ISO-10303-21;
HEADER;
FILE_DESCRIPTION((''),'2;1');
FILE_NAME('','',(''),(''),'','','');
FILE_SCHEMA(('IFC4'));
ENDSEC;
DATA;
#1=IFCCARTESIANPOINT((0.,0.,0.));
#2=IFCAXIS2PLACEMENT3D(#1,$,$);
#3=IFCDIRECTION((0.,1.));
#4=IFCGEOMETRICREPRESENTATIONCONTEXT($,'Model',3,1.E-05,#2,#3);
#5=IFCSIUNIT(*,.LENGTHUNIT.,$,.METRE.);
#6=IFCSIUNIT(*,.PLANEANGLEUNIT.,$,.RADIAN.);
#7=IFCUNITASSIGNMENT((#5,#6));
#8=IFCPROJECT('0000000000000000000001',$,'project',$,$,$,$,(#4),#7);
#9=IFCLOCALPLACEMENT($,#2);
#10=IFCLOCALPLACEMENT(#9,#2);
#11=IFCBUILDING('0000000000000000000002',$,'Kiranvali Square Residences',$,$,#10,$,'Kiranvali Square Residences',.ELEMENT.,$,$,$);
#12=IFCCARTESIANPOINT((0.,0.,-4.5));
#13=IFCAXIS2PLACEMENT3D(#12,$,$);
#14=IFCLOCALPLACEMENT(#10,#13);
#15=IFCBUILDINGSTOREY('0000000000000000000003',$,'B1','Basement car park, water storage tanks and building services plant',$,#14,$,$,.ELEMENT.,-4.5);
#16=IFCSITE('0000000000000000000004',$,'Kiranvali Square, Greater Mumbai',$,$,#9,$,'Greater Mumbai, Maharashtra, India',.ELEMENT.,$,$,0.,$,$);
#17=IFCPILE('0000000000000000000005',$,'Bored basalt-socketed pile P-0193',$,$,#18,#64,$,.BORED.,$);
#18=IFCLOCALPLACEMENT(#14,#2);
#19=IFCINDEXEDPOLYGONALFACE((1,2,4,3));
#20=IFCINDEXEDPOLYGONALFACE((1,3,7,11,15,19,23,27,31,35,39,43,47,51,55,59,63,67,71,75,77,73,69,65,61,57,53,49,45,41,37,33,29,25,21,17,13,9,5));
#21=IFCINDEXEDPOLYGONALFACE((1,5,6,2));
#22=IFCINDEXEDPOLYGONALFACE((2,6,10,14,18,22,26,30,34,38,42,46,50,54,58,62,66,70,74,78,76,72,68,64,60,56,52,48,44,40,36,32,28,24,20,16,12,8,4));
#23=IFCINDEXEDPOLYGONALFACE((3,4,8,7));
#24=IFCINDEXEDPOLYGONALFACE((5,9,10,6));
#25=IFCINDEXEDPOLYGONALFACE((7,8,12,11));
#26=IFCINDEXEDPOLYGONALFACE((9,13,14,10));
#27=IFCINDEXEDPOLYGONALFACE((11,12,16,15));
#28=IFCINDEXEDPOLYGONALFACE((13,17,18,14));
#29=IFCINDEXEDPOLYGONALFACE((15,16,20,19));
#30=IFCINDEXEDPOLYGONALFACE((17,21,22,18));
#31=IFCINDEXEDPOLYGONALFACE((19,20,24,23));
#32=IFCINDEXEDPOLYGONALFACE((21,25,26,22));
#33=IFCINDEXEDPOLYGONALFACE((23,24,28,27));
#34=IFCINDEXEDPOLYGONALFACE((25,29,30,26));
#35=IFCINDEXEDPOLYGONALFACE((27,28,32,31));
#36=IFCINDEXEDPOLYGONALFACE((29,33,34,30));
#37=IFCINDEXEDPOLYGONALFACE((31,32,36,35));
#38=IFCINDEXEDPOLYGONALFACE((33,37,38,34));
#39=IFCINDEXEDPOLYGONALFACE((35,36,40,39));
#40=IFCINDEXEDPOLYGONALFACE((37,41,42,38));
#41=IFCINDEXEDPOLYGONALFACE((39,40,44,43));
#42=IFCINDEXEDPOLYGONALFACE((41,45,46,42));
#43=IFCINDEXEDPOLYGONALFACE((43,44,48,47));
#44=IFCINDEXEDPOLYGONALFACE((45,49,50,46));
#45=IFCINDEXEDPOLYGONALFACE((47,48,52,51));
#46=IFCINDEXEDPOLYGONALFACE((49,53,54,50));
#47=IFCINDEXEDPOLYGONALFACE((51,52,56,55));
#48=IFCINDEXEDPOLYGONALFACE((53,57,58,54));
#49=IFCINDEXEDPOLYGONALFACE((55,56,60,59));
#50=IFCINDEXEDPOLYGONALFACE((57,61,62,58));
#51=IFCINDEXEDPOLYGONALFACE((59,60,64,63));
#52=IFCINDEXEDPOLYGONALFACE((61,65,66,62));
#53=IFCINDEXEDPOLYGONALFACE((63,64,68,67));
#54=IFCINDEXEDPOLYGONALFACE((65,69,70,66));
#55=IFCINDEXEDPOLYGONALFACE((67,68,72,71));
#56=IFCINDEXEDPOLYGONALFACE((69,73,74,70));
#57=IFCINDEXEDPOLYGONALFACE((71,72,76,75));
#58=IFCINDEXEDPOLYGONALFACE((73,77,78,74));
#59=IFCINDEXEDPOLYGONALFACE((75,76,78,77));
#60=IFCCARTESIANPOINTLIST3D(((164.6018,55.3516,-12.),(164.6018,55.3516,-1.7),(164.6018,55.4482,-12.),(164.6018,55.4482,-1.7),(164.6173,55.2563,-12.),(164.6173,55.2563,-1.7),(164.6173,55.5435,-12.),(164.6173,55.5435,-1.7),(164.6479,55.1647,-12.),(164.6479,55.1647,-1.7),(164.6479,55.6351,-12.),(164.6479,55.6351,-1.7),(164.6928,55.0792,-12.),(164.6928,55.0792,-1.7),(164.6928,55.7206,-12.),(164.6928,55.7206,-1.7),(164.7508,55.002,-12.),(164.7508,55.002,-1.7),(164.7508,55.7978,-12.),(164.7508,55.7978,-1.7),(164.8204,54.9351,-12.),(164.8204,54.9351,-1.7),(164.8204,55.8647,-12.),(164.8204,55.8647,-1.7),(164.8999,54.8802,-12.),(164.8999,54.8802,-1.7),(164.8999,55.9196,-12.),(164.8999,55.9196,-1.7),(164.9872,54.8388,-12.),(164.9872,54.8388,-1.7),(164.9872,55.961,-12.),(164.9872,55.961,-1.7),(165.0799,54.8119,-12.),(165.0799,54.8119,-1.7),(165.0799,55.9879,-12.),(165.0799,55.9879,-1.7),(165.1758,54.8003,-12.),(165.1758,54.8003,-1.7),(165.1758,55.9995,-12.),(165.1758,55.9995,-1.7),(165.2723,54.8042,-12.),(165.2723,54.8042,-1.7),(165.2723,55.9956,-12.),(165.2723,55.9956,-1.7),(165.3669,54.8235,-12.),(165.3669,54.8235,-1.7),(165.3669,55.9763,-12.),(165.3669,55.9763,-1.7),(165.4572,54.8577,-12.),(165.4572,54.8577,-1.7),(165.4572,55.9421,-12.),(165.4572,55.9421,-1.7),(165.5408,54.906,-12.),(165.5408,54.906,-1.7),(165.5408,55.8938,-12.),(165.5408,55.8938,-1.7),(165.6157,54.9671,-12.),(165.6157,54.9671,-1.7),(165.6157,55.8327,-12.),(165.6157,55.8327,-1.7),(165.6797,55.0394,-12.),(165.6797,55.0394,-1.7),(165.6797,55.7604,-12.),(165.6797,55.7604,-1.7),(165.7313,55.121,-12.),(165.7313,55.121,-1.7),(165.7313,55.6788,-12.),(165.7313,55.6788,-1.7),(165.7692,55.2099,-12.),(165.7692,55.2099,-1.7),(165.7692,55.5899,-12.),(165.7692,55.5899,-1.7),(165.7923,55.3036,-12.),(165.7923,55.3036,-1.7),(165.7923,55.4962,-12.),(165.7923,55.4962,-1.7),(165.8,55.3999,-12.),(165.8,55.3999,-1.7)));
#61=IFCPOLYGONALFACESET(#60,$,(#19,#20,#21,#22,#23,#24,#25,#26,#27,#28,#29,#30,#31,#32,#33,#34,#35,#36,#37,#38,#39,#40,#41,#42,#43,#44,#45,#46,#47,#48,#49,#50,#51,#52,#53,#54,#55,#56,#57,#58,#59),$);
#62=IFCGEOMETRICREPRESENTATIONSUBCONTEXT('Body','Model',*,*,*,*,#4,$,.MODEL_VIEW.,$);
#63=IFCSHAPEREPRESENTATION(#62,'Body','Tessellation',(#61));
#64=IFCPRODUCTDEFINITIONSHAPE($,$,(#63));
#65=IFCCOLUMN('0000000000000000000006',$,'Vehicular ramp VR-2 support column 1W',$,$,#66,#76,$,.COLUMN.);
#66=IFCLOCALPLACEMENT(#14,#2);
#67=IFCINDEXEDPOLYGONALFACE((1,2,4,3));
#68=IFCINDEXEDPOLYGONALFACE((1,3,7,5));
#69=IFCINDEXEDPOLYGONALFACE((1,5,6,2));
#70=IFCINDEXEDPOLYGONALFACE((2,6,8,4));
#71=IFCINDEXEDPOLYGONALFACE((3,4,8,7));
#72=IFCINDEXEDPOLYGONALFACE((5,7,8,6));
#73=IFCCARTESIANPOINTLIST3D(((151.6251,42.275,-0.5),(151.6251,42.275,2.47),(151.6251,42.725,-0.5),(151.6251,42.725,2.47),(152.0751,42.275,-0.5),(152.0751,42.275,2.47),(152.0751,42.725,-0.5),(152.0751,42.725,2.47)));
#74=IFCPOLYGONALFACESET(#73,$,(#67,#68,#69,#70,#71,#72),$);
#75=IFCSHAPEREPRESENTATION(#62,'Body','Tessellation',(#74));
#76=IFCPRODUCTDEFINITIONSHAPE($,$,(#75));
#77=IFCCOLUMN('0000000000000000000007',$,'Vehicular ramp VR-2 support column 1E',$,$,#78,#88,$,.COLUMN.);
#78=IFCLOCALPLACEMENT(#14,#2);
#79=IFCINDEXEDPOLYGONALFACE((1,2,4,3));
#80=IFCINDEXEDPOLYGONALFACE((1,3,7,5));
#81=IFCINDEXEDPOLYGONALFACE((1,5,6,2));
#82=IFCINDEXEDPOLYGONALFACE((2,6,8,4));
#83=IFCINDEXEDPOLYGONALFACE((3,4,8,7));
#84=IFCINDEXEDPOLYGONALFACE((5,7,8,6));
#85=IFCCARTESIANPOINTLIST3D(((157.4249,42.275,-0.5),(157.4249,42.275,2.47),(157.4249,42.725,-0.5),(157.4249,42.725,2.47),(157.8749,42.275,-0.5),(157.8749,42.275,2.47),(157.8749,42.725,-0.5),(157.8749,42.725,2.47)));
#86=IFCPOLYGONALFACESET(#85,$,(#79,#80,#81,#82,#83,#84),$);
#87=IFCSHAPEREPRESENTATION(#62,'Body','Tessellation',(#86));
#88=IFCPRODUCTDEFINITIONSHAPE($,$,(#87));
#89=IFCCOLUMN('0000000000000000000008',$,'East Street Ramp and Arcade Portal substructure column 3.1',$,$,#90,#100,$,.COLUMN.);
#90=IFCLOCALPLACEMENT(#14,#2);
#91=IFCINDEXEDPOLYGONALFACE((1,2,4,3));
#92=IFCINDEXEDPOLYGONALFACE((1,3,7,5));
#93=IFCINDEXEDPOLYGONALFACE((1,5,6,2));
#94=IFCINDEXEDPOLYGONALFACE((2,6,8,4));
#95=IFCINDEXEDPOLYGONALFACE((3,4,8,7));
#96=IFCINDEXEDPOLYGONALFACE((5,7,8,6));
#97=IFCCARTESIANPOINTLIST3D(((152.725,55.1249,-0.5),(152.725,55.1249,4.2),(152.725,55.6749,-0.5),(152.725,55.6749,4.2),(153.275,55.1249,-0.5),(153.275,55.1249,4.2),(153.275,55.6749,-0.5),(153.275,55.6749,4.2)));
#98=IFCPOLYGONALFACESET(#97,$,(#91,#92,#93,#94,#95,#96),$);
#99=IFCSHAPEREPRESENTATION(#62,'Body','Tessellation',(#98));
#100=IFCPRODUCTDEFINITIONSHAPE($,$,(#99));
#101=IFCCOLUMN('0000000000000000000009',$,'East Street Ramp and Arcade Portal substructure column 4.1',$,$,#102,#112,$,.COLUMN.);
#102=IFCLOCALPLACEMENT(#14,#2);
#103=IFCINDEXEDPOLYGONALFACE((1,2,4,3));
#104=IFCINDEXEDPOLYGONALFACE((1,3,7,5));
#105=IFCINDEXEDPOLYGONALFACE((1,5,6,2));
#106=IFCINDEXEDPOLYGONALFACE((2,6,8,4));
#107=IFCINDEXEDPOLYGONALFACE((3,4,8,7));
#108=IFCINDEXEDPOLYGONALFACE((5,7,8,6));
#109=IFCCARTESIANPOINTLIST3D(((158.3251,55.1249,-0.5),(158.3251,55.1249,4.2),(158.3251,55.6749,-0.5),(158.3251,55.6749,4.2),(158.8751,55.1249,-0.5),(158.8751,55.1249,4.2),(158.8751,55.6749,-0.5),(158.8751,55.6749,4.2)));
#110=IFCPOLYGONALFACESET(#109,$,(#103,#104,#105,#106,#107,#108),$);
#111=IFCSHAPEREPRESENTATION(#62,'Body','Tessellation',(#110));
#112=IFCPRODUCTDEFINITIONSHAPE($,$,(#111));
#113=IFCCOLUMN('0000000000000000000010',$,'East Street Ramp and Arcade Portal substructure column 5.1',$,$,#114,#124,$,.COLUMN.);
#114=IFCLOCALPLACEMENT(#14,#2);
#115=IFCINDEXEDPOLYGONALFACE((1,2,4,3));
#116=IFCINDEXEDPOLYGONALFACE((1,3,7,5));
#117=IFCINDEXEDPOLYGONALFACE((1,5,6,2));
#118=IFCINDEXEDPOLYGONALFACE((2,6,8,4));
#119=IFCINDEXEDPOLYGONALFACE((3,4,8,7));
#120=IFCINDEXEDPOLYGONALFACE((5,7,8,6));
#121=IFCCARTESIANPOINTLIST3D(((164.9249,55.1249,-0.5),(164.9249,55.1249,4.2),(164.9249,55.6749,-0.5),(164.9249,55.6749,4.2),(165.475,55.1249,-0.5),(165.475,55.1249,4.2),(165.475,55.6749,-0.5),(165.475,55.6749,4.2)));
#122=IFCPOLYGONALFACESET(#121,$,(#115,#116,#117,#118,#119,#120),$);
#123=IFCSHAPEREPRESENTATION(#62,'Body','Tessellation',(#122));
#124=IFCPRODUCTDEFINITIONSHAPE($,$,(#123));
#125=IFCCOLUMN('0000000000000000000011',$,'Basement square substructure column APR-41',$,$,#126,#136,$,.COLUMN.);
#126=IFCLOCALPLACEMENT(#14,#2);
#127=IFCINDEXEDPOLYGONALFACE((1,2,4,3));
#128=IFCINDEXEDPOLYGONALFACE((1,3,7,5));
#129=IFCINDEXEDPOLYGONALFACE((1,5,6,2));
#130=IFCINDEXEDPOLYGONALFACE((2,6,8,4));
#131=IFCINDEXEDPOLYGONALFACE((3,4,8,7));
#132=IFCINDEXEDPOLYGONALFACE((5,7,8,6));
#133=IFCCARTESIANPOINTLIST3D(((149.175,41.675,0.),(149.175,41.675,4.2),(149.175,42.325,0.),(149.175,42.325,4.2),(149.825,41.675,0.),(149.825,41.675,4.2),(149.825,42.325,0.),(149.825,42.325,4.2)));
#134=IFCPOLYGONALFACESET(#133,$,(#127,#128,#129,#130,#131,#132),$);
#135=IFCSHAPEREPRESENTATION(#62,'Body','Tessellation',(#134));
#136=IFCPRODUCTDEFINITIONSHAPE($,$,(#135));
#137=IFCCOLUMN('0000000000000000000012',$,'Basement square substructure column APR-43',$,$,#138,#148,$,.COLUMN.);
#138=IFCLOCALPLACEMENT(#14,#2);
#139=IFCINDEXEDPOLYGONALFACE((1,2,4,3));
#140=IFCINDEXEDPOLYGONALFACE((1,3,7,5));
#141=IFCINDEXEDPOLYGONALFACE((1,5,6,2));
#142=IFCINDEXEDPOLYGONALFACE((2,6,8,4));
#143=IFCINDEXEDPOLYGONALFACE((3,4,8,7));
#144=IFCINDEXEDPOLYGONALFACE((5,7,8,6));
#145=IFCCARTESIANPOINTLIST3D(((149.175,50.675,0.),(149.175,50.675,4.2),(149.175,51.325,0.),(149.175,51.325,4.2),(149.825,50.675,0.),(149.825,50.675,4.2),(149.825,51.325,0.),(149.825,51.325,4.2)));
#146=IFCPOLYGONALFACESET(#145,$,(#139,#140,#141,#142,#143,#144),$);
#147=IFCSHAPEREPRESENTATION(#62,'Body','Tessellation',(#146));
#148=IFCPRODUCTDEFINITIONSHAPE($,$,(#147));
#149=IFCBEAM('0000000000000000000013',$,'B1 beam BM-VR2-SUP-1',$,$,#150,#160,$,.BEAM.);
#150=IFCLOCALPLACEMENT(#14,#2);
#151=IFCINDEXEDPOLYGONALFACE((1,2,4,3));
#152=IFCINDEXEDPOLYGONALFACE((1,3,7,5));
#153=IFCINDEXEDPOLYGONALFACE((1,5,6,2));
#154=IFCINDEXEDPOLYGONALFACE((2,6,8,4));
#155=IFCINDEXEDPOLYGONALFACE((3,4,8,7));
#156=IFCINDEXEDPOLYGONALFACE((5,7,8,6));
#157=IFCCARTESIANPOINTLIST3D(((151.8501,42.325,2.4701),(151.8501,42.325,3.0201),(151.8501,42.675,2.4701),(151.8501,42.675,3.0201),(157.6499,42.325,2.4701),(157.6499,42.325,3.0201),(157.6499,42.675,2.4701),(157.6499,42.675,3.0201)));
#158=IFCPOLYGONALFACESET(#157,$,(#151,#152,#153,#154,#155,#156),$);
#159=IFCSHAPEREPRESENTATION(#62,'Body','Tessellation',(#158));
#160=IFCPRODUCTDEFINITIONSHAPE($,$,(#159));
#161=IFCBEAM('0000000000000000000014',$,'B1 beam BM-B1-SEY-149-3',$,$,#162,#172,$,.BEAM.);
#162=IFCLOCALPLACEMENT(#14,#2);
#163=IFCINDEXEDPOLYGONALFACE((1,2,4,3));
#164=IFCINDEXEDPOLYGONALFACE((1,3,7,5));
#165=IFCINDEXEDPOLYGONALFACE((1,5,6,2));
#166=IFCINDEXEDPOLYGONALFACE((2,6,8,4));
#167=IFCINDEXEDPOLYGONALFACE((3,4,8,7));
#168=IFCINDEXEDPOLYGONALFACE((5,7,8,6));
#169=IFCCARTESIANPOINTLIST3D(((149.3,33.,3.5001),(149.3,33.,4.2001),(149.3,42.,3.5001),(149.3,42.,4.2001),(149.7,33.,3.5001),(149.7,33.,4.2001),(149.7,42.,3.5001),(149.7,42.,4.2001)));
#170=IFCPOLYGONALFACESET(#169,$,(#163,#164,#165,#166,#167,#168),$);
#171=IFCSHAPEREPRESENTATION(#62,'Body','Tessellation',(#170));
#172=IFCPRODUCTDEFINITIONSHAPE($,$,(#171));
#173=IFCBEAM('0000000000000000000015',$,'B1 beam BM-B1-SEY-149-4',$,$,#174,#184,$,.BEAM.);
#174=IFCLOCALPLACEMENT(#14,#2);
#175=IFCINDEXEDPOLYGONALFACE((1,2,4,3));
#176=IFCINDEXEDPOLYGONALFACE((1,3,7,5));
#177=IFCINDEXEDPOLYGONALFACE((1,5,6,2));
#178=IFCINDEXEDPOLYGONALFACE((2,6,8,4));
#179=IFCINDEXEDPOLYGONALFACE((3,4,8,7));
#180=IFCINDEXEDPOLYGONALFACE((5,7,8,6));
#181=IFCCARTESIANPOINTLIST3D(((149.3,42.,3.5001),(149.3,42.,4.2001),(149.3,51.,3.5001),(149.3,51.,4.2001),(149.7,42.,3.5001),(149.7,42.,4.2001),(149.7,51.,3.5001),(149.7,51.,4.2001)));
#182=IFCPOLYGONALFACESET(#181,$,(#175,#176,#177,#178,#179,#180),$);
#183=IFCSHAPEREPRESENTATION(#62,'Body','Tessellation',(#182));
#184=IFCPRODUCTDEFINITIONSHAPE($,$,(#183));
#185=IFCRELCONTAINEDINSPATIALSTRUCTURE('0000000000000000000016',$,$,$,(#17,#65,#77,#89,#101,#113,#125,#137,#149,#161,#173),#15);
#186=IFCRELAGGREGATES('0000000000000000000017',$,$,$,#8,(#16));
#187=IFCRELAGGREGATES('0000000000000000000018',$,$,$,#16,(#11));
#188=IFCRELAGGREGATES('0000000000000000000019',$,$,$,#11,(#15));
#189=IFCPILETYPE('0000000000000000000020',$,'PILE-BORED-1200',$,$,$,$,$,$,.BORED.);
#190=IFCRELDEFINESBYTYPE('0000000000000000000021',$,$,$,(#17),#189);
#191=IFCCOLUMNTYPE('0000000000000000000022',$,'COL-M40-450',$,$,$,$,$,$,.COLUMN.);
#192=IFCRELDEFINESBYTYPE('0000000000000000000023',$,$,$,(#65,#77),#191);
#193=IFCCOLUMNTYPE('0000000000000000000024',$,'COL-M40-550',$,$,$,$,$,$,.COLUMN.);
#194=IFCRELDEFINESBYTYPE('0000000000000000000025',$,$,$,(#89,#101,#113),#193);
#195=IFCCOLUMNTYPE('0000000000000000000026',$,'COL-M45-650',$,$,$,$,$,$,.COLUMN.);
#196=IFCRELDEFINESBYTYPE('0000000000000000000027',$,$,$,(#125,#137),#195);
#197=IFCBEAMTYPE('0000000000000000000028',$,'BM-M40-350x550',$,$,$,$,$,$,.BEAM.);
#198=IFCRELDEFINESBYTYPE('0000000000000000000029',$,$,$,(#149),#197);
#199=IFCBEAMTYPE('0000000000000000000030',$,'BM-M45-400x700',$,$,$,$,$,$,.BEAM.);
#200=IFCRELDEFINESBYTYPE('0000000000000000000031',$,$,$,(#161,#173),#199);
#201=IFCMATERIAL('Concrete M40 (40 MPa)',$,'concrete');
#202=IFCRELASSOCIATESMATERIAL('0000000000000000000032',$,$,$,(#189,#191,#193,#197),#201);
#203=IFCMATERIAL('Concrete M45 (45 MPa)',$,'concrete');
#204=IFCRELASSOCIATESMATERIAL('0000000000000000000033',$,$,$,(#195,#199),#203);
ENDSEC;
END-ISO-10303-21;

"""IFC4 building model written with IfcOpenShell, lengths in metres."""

from ifc_helpers import new_model, si_unit, direction, frame, origin, origin_2d, place, context, subcontext, project, spatial, rectangle, circle, extrude, material, material_profile, profile_set, type_object, element, save


model = new_model("IFC4")

# Units and contexts
model_context = context("Model", 3, precision=1e-05, world=origin(), true_north=direction((0.0, 1.0)))
body_context = subcontext(model_context, "Body", "Model", "MODEL_VIEW")
ifc_project = project(units=[si_unit("LENGTHUNIT", "METRE"), si_unit("PLANEANGLEUNIT", "RADIAN")], contexts=[model_context])

# Site, building, storey
site_placement = place(None, origin())
site = spatial("IfcSite", under=ifc_project, at=site_placement, Name="Kiranvali Square, Greater Mumbai", LongName="Greater Mumbai, Maharashtra, India", CompositionType="ELEMENT", RefElevation=0.0)
building_placement = place(site_placement, origin())
building = spatial("IfcBuilding", under=site, at=building_placement, Name="Kiranvali Square Residences", LongName="Kiranvali Square Residences", CompositionType="ELEMENT")
storey_placement = place(building_placement, frame((0.0, 0.0, -4.5)))
storey = spatial("IfcBuildingStorey", under=building, at=storey_placement, Name="B1", Description="Basement car park, water storage tanks and building services plant", CompositionType="ELEMENT", Elevation=-4.5)

# Shared definitions
ifc_material_1 = material(Name="Concrete M40 (40 MPa)", Category="concrete")

# Pile
ifc_material_profile_1 = material_profile(ifc_material_1, circle(Radius=0.6001, at=origin_2d()), Name="BORED PILE 1200")
ifc_profile_set_1 = profile_set([ifc_material_profile_1], Name="Concrete M40 (40 MPa)")
pile_type = type_object("IfcPileType", Name="PILE-BORED-1200", PredefinedType="BORED", material=ifc_profile_set_1)
for number, where, z_axis, x_axis, name in (
    (1, (165.2, 55.3999, -1.7), (0.0, 0.0, -1.0), (1.0, 0.0, 0.0), "Bored basalt-socketed pile P-0193"),
):
    element("IfcPile", number, at=place(storey_placement, frame(where, z_axis=z_axis, x_axis=x_axis)), inside=storey, type_object=pile_type, Name=name, PredefinedType="BORED", context=body_context, shape_type="SweptSolid", body=[
        extrude(circle(Radius=0.6001, at=origin_2d()), origin(), (0.0, 0.0, 1.0), 10.3),
    ])

# Columns
ifc_material_profile_2 = material_profile(ifc_material_1, rectangle(XDim=0.45, YDim=0.45, at=origin_2d()), Name="RC 450x450")
ifc_profile_set_2 = profile_set([ifc_material_profile_2], Name="Concrete M40 (40 MPa)")
column_type_1 = type_object("IfcColumnType", Name="COL-M40-450", PredefinedType="COLUMN", material=ifc_profile_set_2)
for number, where, z_axis, x_axis, name in (
    (2, (151.8501, 42.5, -0.5), (0.0, 0.0, 1.0), (1.0, 0.0, 0.0), "Vehicular ramp VR-2 support column 1W"),
    (3, (157.6499, 42.5, -0.5), (0.0, 0.0, 1.0), (1.0, 0.0, 0.0), "Vehicular ramp VR-2 support column 1E"),
):
    element("IfcColumn", number, at=place(storey_placement, frame(where, z_axis=z_axis, x_axis=x_axis)), inside=storey, type_object=column_type_1, Name=name, PredefinedType="COLUMN", context=body_context, shape_type="SweptSolid", body=[
        extrude(rectangle(XDim=0.45, YDim=0.45, at=origin_2d()), origin(), (0.0, 0.0, 1.0), 2.97),
    ])
ifc_material_profile_3 = material_profile(ifc_material_1, rectangle(XDim=0.55, YDim=0.55, at=origin_2d()), Name="RC 550x550")
ifc_profile_set_3 = profile_set([ifc_material_profile_3], Name="Concrete M40 (40 MPa)")
column_type_2 = type_object("IfcColumnType", Name="COL-M40-550", PredefinedType="COLUMN", material=ifc_profile_set_3)
for number, where, z_axis, x_axis, name in (
    (4, (153.0, 55.3999, -0.5), (0.0, 0.0, 1.0), (1.0, 0.0, 0.0), "East Street Ramp and Arcade Portal substructure column 3.1"),
    (5, (158.6001, 55.3999, -0.5), (0.0, 0.0, 1.0), (1.0, 0.0, 0.0), "East Street Ramp and Arcade Portal substructure column 4.1"),
    (6, (165.2, 55.3999, -0.5), (0.0, 0.0, 1.0), (1.0, 0.0, 0.0), "East Street Ramp and Arcade Portal substructure column 5.1"),
):
    element("IfcColumn", number, at=place(storey_placement, frame(where, z_axis=z_axis, x_axis=x_axis)), inside=storey, type_object=column_type_2, Name=name, PredefinedType="COLUMN", context=body_context, shape_type="SweptSolid", body=[
        extrude(rectangle(XDim=0.55, YDim=0.55, at=origin_2d()), origin(), (0.0, 0.0, 1.0), 4.7),
    ])
ifc_material_2 = material(Name="Concrete M45 (45 MPa)", Category="concrete")
ifc_material_profile_4 = material_profile(ifc_material_2, rectangle(XDim=0.6499, YDim=0.6499, at=origin_2d()), Name="RC 650x650")
ifc_profile_set_4 = profile_set([ifc_material_profile_4], Name="Concrete M45 (45 MPa)")
column_type_3 = type_object("IfcColumnType", Name="COL-M45-650", PredefinedType="COLUMN", material=ifc_profile_set_4)
for number, where, z_axis, x_axis, name in (
    (7, (149.5, 42.0, 0.0), (0.0, 0.0, 1.0), (1.0, 0.0, 0.0), "Basement square substructure column APR-41"),
    (8, (149.5, 51.0, 0.0), (0.0, 0.0, 1.0), (1.0, 0.0, 0.0), "Basement square substructure column APR-43"),
):
    element("IfcColumn", number, at=place(storey_placement, frame(where, z_axis=z_axis, x_axis=x_axis)), inside=storey, type_object=column_type_3, Name=name, PredefinedType="COLUMN", context=body_context, shape_type="SweptSolid", body=[
        extrude(rectangle(XDim=0.6499, YDim=0.6499, at=origin_2d()), origin(), (0.0, 0.0, 1.0), 4.2),
    ])

# Beams
ifc_material_profile_5 = material_profile(ifc_material_1, rectangle(XDim=0.3501, YDim=0.55, at=origin_2d()), Name="RC 350x550")
ifc_profile_set_5 = profile_set([ifc_material_profile_5], Name="Concrete M40 (40 MPa)")
beam_type_1 = type_object("IfcBeamType", Name="BM-M40-350x550", PredefinedType="BEAM", material=ifc_profile_set_5)
beam_placement = place(storey_placement, frame((151.8501, 42.5, 2.7451), z_axis=(1.0, 0.0, 0.0), x_axis=(0.0, 1.0, 0.0)))
element("IfcBeam", 9, at=beam_placement, inside=storey, type_object=beam_type_1, Name="B1 beam BM-VR2-SUP-1", PredefinedType="BEAM", context=body_context, shape_type="SweptSolid", body=[
    extrude(rectangle(XDim=0.3501, YDim=0.55, at=origin_2d()), origin(), (0.0, 0.0, 1.0), 5.7998),
])
ifc_material_profile_6 = material_profile(ifc_material_2, rectangle(XDim=0.3999, YDim=0.7, at=origin_2d()), Name="RC 400x700")
ifc_profile_set_6 = profile_set([ifc_material_profile_6], Name="Concrete M45 (45 MPa)")
beam_type_2 = type_object("IfcBeamType", Name="BM-M45-400x700", PredefinedType="BEAM", material=ifc_profile_set_6)
for number, where, z_axis, x_axis, name in (
    (10, (149.5, 33.0, 3.8501), (0.0, 1.0, 0.0), (-1.0, 0.0, 0.0), "B1 beam BM-B1-SEY-149-3"),
    (11, (149.5, 42.0, 3.8501), (0.0, 1.0, 0.0), (-1.0, 0.0, 0.0), "B1 beam BM-B1-SEY-149-4"),
):
    element("IfcBeam", number, at=place(storey_placement, frame(where, z_axis=z_axis, x_axis=x_axis)), inside=storey, type_object=beam_type_2, Name=name, PredefinedType="BEAM", context=body_context, shape_type="SweptSolid", body=[
        extrude(rectangle(XDim=0.3999, YDim=0.7, at=origin_2d()), origin(), (0.0, 0.0, 1.0), 9.0),
    ])

save(model, "model.ifc")
